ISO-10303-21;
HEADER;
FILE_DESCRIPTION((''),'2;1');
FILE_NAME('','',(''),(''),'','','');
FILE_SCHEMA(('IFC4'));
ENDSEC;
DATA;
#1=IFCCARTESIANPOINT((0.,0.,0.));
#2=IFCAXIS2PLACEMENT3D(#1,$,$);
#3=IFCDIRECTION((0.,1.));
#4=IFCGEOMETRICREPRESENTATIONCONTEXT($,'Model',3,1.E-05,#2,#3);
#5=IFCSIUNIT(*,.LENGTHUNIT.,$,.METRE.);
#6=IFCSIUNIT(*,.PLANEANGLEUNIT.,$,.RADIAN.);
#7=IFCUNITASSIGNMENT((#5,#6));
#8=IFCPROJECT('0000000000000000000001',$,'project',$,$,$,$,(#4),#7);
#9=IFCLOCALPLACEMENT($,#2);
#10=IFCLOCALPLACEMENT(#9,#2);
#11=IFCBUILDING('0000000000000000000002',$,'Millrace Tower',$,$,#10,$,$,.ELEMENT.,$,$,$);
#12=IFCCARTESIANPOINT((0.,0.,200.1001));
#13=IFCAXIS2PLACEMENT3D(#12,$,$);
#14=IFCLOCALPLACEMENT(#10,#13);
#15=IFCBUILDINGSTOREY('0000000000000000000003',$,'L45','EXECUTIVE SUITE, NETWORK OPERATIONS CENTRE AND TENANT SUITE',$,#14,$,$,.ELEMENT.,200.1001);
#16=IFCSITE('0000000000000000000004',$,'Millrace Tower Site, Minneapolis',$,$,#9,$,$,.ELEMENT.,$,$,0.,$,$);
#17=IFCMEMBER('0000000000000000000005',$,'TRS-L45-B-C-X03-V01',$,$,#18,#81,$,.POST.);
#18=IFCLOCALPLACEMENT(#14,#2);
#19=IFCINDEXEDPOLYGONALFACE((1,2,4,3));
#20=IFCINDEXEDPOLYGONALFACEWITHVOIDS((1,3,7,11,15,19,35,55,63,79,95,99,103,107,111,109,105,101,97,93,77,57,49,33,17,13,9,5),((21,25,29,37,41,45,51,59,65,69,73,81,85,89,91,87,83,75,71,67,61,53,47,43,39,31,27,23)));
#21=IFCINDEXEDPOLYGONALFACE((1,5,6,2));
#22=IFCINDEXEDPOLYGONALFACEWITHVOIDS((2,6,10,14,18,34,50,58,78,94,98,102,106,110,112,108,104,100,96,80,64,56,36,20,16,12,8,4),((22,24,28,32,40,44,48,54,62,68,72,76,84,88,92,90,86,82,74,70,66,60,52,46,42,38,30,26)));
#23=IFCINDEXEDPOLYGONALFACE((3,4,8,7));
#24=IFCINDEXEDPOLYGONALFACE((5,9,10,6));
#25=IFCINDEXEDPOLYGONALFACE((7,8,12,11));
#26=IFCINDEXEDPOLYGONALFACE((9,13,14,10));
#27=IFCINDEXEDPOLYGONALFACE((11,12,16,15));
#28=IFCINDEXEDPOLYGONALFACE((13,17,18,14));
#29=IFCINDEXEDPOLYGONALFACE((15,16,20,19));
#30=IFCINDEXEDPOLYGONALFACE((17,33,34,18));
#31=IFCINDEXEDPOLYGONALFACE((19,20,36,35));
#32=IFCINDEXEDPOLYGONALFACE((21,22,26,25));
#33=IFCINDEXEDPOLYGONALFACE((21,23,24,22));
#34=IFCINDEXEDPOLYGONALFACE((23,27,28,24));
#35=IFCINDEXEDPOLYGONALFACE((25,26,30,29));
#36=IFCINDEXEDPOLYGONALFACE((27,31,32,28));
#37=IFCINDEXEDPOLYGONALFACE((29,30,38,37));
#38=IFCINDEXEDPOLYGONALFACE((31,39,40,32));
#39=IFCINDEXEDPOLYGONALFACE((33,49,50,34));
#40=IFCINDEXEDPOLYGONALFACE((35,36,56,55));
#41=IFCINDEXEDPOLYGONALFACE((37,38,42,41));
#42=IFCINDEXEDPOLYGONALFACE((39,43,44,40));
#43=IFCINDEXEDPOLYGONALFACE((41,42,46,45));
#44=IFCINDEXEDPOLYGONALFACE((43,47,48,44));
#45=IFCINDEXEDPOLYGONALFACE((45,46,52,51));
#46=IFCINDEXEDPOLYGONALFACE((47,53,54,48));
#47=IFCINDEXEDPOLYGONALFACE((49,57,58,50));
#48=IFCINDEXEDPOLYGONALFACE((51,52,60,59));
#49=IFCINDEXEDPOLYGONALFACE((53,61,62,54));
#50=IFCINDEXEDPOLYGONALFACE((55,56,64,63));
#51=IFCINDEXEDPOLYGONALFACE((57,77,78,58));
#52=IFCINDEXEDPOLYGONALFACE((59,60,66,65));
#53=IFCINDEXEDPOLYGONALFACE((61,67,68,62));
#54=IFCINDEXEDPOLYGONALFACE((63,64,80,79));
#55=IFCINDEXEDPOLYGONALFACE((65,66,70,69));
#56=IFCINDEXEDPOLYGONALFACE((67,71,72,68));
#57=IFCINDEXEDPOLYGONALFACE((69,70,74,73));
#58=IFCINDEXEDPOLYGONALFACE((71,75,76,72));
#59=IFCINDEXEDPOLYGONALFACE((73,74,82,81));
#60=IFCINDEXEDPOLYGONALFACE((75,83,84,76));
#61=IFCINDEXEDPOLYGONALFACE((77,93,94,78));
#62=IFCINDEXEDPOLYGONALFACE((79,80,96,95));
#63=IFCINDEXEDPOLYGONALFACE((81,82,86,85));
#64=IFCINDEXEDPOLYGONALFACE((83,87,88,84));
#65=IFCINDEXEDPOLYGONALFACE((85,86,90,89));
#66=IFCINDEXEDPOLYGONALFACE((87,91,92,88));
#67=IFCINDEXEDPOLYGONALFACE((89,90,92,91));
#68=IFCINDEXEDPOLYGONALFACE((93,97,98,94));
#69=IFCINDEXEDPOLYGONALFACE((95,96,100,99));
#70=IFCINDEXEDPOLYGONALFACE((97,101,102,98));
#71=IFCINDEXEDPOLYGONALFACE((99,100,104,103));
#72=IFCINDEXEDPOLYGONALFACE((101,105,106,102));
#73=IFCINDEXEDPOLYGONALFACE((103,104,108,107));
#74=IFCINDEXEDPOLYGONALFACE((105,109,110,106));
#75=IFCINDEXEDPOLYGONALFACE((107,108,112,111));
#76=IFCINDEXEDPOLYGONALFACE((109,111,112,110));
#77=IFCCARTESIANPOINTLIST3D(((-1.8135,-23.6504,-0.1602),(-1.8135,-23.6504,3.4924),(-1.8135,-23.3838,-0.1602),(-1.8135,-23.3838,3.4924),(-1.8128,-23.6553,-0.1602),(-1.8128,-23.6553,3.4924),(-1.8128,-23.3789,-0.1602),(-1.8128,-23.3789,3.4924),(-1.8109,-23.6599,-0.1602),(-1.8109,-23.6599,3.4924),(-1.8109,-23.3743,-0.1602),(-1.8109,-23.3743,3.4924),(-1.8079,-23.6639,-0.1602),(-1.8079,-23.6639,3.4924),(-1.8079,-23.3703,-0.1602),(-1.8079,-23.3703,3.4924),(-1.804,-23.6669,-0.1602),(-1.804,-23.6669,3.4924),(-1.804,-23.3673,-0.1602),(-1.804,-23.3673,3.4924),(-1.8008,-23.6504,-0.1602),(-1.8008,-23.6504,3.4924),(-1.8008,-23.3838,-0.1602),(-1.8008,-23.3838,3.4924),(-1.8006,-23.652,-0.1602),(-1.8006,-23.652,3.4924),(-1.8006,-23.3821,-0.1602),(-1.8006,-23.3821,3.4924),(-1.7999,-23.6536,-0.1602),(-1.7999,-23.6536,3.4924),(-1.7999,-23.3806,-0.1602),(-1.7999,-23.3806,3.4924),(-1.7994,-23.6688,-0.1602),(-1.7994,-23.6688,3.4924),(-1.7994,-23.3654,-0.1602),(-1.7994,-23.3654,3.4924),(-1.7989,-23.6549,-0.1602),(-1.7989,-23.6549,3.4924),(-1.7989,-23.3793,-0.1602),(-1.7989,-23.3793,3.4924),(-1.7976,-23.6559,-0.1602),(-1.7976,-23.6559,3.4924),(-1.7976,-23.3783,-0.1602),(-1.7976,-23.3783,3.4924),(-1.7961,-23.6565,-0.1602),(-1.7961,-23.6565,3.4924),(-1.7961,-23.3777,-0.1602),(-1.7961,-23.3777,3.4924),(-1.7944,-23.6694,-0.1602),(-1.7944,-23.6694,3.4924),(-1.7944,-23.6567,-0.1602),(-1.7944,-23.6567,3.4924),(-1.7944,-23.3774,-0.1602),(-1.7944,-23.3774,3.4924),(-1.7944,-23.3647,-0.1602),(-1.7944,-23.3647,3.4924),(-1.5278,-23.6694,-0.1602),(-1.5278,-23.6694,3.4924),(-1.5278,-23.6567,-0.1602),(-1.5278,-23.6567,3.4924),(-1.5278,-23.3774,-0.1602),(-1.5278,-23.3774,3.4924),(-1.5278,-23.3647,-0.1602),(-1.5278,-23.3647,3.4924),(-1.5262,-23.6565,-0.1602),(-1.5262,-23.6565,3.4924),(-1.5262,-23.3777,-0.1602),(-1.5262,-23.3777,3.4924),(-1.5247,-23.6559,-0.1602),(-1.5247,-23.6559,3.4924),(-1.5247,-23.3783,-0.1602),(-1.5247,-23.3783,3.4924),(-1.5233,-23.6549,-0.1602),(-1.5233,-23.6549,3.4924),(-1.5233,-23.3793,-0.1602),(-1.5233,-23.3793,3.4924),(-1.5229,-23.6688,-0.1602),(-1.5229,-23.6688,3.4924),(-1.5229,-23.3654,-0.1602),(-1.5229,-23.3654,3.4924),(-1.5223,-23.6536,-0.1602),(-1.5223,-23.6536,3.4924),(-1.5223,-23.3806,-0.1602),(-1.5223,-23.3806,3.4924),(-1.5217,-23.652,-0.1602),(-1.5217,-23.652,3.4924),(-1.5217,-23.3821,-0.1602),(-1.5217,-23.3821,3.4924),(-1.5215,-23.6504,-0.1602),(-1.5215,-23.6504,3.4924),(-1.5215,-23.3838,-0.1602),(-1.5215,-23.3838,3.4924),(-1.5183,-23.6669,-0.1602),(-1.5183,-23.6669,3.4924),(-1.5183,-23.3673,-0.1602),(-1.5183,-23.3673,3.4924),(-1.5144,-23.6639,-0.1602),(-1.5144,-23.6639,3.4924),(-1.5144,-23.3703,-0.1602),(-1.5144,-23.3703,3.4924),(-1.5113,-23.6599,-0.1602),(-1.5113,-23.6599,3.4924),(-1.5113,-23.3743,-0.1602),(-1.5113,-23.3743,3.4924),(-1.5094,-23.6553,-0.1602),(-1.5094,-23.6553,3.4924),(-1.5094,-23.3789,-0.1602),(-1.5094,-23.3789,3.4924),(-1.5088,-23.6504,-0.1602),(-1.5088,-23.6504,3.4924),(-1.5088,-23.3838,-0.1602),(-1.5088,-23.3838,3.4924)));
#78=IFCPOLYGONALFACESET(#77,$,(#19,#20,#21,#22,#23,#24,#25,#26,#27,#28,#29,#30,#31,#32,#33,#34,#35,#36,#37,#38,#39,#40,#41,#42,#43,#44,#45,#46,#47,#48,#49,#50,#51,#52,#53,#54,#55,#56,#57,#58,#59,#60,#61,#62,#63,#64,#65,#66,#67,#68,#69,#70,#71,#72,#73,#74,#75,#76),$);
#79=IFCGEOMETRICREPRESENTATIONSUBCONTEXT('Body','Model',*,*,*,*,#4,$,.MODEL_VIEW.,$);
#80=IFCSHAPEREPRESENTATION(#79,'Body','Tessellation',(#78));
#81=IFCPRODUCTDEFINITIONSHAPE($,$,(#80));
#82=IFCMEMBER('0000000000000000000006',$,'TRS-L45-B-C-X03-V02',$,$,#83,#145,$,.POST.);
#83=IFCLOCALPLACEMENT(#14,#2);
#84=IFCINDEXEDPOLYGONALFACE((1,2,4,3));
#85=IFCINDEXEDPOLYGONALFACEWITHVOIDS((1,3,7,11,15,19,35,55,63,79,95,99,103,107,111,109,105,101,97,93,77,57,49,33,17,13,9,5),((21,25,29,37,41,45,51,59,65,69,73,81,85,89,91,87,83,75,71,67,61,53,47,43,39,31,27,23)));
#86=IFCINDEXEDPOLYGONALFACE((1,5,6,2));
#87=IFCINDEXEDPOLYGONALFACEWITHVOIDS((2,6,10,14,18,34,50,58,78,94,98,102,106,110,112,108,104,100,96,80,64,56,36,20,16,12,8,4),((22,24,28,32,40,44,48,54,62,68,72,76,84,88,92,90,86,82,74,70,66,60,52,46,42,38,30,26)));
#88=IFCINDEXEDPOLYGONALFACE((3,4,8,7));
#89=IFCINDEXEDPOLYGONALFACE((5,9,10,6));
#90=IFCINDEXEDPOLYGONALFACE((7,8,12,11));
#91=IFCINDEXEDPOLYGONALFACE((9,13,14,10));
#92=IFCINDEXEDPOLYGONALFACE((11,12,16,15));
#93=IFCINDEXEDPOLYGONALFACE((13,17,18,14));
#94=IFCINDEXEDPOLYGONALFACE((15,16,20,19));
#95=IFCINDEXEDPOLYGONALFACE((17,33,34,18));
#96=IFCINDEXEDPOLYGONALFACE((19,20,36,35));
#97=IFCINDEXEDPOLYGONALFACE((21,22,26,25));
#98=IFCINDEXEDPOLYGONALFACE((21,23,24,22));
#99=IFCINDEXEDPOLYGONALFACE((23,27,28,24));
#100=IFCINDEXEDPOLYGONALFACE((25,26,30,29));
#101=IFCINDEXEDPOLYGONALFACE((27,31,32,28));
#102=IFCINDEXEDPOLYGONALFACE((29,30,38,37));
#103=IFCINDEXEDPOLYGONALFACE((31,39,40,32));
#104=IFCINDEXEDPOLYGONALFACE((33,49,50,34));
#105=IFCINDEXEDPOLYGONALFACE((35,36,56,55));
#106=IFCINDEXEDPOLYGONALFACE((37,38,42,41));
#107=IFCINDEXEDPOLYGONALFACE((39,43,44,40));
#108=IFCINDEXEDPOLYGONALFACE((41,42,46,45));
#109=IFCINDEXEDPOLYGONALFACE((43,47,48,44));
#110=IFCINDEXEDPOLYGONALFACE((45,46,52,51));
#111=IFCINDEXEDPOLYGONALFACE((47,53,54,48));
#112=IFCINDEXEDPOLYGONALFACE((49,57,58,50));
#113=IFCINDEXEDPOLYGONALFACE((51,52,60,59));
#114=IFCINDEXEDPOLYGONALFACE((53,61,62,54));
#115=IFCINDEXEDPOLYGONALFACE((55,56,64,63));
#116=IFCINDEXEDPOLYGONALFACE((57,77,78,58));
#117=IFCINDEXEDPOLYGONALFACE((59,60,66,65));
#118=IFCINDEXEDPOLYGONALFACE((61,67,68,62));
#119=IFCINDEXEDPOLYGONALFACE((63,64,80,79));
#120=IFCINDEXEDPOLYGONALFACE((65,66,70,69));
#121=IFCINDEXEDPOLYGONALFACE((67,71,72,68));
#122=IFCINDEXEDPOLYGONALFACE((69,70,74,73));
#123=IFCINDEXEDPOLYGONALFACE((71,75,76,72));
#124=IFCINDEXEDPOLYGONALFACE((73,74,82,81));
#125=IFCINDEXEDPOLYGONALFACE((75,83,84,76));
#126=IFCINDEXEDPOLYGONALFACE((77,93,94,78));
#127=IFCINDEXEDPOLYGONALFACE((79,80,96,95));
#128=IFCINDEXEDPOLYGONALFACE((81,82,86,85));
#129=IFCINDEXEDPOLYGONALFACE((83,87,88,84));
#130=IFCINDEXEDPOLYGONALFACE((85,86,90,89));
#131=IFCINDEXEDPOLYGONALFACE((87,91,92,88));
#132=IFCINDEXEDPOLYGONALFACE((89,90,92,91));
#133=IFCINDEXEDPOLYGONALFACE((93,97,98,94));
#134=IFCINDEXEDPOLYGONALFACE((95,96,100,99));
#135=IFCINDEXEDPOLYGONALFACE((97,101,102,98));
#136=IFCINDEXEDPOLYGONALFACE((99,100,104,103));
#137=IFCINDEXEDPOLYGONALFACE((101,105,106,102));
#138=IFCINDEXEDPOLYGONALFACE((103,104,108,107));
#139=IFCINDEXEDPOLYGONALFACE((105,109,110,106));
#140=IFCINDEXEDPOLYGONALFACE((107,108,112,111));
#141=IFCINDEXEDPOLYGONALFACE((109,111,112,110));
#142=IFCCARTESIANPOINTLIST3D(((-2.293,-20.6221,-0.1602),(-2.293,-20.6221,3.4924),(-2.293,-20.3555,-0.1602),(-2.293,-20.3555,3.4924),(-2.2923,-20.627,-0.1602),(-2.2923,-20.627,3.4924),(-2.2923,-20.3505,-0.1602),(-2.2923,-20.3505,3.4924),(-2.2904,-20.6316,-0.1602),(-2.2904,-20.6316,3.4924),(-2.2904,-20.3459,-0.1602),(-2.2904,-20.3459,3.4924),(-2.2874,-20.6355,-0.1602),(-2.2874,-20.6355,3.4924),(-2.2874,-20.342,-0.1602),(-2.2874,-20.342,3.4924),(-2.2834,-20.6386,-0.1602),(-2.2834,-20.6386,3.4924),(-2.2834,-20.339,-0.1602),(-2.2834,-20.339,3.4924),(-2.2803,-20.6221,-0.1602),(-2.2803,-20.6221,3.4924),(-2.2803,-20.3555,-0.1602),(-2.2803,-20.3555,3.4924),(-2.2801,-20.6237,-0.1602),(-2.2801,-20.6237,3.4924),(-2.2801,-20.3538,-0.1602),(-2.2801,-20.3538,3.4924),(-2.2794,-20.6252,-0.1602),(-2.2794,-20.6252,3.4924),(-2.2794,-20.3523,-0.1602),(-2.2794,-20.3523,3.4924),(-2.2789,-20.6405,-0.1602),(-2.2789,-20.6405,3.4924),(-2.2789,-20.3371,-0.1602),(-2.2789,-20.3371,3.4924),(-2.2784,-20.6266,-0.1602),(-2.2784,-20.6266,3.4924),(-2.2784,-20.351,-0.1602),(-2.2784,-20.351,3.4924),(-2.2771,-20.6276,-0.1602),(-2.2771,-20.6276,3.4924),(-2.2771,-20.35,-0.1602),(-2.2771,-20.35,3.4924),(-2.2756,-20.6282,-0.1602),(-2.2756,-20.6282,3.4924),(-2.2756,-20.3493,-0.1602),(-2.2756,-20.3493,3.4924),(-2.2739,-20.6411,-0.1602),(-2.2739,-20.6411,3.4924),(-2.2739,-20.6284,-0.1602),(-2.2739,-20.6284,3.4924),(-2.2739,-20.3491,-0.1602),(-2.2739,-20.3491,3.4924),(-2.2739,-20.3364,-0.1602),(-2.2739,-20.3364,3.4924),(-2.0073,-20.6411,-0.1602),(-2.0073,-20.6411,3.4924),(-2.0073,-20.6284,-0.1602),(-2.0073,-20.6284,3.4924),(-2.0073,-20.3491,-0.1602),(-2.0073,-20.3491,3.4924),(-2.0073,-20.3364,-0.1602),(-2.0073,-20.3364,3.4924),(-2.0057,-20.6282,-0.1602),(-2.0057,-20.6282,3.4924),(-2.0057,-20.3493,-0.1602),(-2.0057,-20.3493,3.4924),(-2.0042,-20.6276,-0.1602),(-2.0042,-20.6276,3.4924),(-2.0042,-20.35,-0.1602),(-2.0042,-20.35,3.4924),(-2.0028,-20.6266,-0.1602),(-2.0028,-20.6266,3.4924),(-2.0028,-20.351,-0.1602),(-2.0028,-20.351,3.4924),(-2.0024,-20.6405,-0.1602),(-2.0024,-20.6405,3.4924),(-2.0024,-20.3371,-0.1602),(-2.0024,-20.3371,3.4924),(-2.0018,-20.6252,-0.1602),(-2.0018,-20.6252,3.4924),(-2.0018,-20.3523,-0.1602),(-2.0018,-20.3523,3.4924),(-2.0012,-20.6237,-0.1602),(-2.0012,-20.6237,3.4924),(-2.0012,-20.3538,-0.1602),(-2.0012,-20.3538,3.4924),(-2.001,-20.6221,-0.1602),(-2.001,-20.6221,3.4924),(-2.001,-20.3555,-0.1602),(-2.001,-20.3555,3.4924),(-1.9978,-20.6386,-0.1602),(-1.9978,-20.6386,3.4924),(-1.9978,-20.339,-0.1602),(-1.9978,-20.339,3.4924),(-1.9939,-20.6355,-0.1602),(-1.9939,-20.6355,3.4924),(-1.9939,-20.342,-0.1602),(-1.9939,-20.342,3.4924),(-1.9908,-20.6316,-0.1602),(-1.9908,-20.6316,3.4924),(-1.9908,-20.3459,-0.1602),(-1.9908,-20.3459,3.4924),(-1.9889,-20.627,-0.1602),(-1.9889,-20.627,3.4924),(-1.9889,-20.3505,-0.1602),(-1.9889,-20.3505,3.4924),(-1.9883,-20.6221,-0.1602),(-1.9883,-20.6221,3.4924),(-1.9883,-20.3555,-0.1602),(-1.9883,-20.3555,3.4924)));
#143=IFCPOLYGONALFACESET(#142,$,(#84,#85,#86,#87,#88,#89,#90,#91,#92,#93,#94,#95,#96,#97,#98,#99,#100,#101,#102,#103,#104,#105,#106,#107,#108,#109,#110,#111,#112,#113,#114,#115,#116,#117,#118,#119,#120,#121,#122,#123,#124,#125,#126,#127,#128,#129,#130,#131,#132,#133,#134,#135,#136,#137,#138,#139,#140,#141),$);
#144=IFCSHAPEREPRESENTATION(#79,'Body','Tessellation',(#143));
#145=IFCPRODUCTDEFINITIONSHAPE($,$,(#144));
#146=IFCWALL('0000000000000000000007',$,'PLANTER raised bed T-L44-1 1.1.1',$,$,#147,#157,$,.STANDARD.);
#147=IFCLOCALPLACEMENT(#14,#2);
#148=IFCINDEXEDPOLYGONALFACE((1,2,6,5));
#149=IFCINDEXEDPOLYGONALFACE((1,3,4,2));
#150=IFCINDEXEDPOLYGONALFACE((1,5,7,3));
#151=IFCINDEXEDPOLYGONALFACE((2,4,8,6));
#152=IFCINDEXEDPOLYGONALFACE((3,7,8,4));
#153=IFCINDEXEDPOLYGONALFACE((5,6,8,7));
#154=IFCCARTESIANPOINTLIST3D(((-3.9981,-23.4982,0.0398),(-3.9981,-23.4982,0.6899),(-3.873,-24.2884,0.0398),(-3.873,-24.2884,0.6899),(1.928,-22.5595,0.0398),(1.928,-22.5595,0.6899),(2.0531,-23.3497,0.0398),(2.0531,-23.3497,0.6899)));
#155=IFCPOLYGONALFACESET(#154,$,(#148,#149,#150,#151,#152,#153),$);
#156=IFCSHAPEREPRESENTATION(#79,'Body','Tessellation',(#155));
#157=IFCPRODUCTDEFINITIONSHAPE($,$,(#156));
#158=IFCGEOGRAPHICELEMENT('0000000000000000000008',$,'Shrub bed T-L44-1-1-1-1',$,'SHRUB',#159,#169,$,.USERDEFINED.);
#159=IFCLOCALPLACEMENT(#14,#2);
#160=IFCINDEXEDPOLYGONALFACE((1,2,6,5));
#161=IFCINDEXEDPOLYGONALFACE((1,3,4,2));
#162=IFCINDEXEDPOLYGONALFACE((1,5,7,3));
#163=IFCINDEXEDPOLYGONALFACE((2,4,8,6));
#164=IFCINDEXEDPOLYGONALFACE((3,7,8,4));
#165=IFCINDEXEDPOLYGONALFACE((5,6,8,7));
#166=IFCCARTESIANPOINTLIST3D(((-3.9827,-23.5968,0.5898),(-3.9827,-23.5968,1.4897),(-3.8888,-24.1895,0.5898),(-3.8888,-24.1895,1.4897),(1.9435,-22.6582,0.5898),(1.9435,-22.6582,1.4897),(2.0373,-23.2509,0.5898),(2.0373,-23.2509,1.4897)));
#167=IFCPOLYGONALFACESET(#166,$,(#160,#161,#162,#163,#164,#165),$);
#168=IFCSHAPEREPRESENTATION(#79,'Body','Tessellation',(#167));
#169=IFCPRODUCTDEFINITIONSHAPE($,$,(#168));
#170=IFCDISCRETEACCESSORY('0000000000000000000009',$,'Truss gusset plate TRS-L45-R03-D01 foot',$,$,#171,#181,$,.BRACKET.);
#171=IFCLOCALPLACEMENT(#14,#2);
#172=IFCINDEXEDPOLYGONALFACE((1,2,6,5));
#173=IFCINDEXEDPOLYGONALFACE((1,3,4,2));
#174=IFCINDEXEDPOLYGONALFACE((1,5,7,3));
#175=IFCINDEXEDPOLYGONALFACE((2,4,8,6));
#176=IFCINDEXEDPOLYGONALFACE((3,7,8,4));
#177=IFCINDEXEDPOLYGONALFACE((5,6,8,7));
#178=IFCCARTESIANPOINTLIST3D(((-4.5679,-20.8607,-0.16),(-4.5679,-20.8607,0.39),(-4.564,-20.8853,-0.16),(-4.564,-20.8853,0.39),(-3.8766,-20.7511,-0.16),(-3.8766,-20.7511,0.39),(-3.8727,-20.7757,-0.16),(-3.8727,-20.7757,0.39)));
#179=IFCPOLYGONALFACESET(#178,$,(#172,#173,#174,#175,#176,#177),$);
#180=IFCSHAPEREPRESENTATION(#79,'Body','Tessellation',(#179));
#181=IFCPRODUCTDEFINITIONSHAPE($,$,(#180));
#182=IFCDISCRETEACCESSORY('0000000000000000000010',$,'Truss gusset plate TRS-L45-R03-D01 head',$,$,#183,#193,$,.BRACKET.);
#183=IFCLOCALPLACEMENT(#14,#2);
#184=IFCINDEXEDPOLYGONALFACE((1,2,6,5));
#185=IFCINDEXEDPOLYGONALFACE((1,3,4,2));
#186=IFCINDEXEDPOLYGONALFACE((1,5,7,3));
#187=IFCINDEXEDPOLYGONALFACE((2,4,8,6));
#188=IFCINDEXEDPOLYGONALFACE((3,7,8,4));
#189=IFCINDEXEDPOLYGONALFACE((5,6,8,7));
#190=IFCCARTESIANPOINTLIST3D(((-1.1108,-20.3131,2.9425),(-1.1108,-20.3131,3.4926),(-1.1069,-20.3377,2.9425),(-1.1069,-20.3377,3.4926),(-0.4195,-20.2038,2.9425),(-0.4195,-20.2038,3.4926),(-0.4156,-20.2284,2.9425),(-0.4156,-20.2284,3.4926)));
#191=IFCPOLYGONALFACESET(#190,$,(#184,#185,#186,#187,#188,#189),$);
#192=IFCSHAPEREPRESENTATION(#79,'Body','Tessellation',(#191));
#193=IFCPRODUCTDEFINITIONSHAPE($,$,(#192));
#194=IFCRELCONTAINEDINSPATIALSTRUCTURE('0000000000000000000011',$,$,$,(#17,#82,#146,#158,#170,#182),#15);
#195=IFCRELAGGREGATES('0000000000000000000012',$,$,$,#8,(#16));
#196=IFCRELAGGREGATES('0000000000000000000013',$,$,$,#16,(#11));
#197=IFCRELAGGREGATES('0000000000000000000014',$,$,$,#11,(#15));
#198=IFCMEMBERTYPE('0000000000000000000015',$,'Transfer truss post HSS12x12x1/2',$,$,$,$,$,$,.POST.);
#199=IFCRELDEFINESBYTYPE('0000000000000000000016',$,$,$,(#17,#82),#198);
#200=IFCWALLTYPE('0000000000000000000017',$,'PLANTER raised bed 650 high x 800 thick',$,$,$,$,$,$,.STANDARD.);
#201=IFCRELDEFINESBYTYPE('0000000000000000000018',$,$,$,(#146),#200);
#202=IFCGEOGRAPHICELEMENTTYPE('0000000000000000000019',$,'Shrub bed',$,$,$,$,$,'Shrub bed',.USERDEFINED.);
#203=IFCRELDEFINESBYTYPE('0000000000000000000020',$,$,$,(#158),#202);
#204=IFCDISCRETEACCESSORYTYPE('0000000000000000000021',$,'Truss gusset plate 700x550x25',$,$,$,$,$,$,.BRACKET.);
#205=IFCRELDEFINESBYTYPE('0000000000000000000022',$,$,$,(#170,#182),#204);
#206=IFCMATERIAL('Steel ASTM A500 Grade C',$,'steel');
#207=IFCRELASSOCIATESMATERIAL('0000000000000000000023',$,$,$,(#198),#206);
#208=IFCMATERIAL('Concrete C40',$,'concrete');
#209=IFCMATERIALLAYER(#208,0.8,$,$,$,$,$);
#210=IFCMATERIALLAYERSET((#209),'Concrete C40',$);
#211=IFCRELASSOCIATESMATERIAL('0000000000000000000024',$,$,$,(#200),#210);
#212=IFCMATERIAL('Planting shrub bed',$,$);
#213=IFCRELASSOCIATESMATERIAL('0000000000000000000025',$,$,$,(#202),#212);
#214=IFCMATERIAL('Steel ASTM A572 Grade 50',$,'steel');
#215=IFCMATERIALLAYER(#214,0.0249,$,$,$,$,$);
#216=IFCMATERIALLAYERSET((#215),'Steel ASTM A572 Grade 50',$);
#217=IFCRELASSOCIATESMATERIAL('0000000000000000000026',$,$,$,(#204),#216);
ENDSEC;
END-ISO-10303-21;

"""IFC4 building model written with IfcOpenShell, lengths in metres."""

from ifc_helpers import new_model, si_unit, direction, frame, frame_2d, origin, origin_2d, place, context, subcontext, project, spatial, rectangle, hollow_rectangle, extrude, material, layer, layer_set, material_profile, profile_set, type_object, element, save


model = new_model("IFC4")

# Units and contexts
model_context = context("Model", 3, precision=1e-05, world=origin(), true_north=direction((0.0, 1.0)))
body_context = subcontext(model_context, "Body", "Model", "MODEL_VIEW")
ifc_project = project(units=[si_unit("LENGTHUNIT", "METRE"), si_unit("PLANEANGLEUNIT", "RADIAN")], contexts=[model_context])

# Site, building, storey
site_placement = place(None, origin())
site = spatial("IfcSite", under=ifc_project, at=site_placement, Name="Millrace Tower Site, Minneapolis", CompositionType="ELEMENT", RefElevation=0.0)
building_placement = place(site_placement, origin())
building = spatial("IfcBuilding", under=site, at=building_placement, Name="Millrace Tower", CompositionType="ELEMENT")
storey_placement = place(building_placement, frame((0.0, 0.0, 200.1001)))
storey = spatial("IfcBuildingStorey", under=building, at=storey_placement, Name="L45", Description="EXECUTIVE SUITE, NETWORK OPERATIONS CENTRE AND TENANT SUITE", CompositionType="ELEMENT", Elevation=200.1001)

# Members
ifc_material_1 = material(Name="Steel ASTM A500 Grade C", Category="steel")
ifc_material_profile_1 = material_profile(ifc_material_1, hollow_rectangle(XDim=0.3047, YDim=0.3047, WallThickness=0.0127, InnerFilletRadius=0.0063, OuterFilletRadius=0.019, at=origin_2d()))
ifc_profile_set_1 = profile_set([ifc_material_profile_1], Name="Steel ASTM A500 Grade C")
member_type_1 = type_object("IfcMemberType", Name="Transfer truss post HSS12x12x1/2", PredefinedType="POST", material=ifc_profile_set_1)
for number, where, z_axis, x_axis, name in (
    (1, (-1.6611, -23.5171, -0.1602), (0.0, 0.0, 1.0), (1.0, 0.0, 0.0), "TRS-L45-B-C-X03-V01"),
    (2, (-2.1406, -20.4888, -0.1602), (0.0, 0.0, 1.0), (1.0, 0.0, 0.0), "TRS-L45-B-C-X03-V02"),
):
    element("IfcMember", number, at=place(storey_placement, frame(where, z_axis=z_axis, x_axis=x_axis)), inside=storey, type_object=member_type_1, Name=name, PredefinedType="POST", context=body_context, shape_type="SweptSolid", body=[
        extrude(hollow_rectangle(XDim=0.3047, YDim=0.3047, WallThickness=0.0127, InnerFilletRadius=0.0063, OuterFilletRadius=0.019, at=origin_2d()), origin(), (0.0, 0.0, 1.0), 3.6526),
    ])

# Wall
ifc_material_2 = material(Name="Concrete C40", Category="concrete")
ifc_layer_1 = layer(ifc_material_2, 0.8)
ifc_layer_set_1 = layer_set([ifc_layer_1], Name="Concrete C40")
wall_type = type_object("IfcWallType", Name="PLANTER raised bed 650 high x 800 thick", PredefinedType="STANDARD", material=ifc_layer_set_1)
wall_placement = place(storey_placement, frame((-3.9355, -23.8933, 0.0398), z_axis=(0.0, 0.0, 1.0), x_axis=(0.987685, 0.156456, 0.0)))
element("IfcWall", 3, at=wall_placement, inside=storey, type_object=wall_type, Name="PLANTER raised bed T-L44-1 1.1.1", PredefinedType="STANDARD", context=body_context, shape_type="SweptSolid", body=[
    extrude(rectangle(XDim=6.0, YDim=0.8, at=frame_2d((3.0, 0.0))), origin(), (0.0, 0.0, 1.0), 0.6501),
])

# Geographic element
ifc_material_3 = material(Name="Planting shrub bed")
geographic_element_type = type_object("IfcGeographicElementType", Name="Shrub bed", ElementType="Shrub bed", PredefinedType="USERDEFINED", material=ifc_material_3)
geographic_element_placement = place(storey_placement, frame((-0.9727, -23.4238, 0.5898), z_axis=(0.0, 0.0, 1.0), x_axis=(0.987688, 0.156434, 0.0)))
element("IfcGeographicElement", 4, at=geographic_element_placement, inside=storey, type_object=geographic_element_type, Name="Shrub bed T-L44-1-1-1-1", ObjectType="SHRUB", PredefinedType="USERDEFINED", context=body_context, shape_type="SweptSolid", body=[
    extrude(rectangle(XDim=6.0, YDim=0.6001, at=origin_2d()), origin(), (0.0, 0.0, 1.0), 0.8999),
])

# Discrete accessories
ifc_material_4 = material(Name="Steel ASTM A572 Grade 50", Category="steel")
ifc_layer_2 = layer(ifc_material_4, 0.0249)
ifc_layer_set_2 = layer_set([ifc_layer_2], Name="Steel ASTM A572 Grade 50")
discrete_accessory_type = type_object("IfcDiscreteAccessoryType", Name="Truss gusset plate 700x550x25", PredefinedType="BRACKET", material=ifc_layer_set_2)
for number, where, z_axis, x_axis, name in (
    (5, (-4.5659, -20.873, 0.115), (0.987664, 0.156589, 0.0), (-0.156589, 0.987664, 0.0), "Truss gusset plate TRS-L45-R03-D01 foot"),
    (6, (-1.1089, -20.3254, 3.2175), (0.987718, 0.156249, 0.0), (-0.156249, 0.987718, 0.0), "Truss gusset plate TRS-L45-R03-D01 head"),
):
    element("IfcDiscreteAccessory", number, at=place(storey_placement, frame(where, z_axis=z_axis, x_axis=x_axis)), inside=storey, type_object=discrete_accessory_type, Name=name, PredefinedType="BRACKET", context=body_context, shape_type="SweptSolid", body=[
        extrude(rectangle(XDim=0.0249, YDim=0.55, at=origin_2d()), origin(), (0.0, 0.0, 1.0), 0.7),
    ])

save(model, "model.ifc")
